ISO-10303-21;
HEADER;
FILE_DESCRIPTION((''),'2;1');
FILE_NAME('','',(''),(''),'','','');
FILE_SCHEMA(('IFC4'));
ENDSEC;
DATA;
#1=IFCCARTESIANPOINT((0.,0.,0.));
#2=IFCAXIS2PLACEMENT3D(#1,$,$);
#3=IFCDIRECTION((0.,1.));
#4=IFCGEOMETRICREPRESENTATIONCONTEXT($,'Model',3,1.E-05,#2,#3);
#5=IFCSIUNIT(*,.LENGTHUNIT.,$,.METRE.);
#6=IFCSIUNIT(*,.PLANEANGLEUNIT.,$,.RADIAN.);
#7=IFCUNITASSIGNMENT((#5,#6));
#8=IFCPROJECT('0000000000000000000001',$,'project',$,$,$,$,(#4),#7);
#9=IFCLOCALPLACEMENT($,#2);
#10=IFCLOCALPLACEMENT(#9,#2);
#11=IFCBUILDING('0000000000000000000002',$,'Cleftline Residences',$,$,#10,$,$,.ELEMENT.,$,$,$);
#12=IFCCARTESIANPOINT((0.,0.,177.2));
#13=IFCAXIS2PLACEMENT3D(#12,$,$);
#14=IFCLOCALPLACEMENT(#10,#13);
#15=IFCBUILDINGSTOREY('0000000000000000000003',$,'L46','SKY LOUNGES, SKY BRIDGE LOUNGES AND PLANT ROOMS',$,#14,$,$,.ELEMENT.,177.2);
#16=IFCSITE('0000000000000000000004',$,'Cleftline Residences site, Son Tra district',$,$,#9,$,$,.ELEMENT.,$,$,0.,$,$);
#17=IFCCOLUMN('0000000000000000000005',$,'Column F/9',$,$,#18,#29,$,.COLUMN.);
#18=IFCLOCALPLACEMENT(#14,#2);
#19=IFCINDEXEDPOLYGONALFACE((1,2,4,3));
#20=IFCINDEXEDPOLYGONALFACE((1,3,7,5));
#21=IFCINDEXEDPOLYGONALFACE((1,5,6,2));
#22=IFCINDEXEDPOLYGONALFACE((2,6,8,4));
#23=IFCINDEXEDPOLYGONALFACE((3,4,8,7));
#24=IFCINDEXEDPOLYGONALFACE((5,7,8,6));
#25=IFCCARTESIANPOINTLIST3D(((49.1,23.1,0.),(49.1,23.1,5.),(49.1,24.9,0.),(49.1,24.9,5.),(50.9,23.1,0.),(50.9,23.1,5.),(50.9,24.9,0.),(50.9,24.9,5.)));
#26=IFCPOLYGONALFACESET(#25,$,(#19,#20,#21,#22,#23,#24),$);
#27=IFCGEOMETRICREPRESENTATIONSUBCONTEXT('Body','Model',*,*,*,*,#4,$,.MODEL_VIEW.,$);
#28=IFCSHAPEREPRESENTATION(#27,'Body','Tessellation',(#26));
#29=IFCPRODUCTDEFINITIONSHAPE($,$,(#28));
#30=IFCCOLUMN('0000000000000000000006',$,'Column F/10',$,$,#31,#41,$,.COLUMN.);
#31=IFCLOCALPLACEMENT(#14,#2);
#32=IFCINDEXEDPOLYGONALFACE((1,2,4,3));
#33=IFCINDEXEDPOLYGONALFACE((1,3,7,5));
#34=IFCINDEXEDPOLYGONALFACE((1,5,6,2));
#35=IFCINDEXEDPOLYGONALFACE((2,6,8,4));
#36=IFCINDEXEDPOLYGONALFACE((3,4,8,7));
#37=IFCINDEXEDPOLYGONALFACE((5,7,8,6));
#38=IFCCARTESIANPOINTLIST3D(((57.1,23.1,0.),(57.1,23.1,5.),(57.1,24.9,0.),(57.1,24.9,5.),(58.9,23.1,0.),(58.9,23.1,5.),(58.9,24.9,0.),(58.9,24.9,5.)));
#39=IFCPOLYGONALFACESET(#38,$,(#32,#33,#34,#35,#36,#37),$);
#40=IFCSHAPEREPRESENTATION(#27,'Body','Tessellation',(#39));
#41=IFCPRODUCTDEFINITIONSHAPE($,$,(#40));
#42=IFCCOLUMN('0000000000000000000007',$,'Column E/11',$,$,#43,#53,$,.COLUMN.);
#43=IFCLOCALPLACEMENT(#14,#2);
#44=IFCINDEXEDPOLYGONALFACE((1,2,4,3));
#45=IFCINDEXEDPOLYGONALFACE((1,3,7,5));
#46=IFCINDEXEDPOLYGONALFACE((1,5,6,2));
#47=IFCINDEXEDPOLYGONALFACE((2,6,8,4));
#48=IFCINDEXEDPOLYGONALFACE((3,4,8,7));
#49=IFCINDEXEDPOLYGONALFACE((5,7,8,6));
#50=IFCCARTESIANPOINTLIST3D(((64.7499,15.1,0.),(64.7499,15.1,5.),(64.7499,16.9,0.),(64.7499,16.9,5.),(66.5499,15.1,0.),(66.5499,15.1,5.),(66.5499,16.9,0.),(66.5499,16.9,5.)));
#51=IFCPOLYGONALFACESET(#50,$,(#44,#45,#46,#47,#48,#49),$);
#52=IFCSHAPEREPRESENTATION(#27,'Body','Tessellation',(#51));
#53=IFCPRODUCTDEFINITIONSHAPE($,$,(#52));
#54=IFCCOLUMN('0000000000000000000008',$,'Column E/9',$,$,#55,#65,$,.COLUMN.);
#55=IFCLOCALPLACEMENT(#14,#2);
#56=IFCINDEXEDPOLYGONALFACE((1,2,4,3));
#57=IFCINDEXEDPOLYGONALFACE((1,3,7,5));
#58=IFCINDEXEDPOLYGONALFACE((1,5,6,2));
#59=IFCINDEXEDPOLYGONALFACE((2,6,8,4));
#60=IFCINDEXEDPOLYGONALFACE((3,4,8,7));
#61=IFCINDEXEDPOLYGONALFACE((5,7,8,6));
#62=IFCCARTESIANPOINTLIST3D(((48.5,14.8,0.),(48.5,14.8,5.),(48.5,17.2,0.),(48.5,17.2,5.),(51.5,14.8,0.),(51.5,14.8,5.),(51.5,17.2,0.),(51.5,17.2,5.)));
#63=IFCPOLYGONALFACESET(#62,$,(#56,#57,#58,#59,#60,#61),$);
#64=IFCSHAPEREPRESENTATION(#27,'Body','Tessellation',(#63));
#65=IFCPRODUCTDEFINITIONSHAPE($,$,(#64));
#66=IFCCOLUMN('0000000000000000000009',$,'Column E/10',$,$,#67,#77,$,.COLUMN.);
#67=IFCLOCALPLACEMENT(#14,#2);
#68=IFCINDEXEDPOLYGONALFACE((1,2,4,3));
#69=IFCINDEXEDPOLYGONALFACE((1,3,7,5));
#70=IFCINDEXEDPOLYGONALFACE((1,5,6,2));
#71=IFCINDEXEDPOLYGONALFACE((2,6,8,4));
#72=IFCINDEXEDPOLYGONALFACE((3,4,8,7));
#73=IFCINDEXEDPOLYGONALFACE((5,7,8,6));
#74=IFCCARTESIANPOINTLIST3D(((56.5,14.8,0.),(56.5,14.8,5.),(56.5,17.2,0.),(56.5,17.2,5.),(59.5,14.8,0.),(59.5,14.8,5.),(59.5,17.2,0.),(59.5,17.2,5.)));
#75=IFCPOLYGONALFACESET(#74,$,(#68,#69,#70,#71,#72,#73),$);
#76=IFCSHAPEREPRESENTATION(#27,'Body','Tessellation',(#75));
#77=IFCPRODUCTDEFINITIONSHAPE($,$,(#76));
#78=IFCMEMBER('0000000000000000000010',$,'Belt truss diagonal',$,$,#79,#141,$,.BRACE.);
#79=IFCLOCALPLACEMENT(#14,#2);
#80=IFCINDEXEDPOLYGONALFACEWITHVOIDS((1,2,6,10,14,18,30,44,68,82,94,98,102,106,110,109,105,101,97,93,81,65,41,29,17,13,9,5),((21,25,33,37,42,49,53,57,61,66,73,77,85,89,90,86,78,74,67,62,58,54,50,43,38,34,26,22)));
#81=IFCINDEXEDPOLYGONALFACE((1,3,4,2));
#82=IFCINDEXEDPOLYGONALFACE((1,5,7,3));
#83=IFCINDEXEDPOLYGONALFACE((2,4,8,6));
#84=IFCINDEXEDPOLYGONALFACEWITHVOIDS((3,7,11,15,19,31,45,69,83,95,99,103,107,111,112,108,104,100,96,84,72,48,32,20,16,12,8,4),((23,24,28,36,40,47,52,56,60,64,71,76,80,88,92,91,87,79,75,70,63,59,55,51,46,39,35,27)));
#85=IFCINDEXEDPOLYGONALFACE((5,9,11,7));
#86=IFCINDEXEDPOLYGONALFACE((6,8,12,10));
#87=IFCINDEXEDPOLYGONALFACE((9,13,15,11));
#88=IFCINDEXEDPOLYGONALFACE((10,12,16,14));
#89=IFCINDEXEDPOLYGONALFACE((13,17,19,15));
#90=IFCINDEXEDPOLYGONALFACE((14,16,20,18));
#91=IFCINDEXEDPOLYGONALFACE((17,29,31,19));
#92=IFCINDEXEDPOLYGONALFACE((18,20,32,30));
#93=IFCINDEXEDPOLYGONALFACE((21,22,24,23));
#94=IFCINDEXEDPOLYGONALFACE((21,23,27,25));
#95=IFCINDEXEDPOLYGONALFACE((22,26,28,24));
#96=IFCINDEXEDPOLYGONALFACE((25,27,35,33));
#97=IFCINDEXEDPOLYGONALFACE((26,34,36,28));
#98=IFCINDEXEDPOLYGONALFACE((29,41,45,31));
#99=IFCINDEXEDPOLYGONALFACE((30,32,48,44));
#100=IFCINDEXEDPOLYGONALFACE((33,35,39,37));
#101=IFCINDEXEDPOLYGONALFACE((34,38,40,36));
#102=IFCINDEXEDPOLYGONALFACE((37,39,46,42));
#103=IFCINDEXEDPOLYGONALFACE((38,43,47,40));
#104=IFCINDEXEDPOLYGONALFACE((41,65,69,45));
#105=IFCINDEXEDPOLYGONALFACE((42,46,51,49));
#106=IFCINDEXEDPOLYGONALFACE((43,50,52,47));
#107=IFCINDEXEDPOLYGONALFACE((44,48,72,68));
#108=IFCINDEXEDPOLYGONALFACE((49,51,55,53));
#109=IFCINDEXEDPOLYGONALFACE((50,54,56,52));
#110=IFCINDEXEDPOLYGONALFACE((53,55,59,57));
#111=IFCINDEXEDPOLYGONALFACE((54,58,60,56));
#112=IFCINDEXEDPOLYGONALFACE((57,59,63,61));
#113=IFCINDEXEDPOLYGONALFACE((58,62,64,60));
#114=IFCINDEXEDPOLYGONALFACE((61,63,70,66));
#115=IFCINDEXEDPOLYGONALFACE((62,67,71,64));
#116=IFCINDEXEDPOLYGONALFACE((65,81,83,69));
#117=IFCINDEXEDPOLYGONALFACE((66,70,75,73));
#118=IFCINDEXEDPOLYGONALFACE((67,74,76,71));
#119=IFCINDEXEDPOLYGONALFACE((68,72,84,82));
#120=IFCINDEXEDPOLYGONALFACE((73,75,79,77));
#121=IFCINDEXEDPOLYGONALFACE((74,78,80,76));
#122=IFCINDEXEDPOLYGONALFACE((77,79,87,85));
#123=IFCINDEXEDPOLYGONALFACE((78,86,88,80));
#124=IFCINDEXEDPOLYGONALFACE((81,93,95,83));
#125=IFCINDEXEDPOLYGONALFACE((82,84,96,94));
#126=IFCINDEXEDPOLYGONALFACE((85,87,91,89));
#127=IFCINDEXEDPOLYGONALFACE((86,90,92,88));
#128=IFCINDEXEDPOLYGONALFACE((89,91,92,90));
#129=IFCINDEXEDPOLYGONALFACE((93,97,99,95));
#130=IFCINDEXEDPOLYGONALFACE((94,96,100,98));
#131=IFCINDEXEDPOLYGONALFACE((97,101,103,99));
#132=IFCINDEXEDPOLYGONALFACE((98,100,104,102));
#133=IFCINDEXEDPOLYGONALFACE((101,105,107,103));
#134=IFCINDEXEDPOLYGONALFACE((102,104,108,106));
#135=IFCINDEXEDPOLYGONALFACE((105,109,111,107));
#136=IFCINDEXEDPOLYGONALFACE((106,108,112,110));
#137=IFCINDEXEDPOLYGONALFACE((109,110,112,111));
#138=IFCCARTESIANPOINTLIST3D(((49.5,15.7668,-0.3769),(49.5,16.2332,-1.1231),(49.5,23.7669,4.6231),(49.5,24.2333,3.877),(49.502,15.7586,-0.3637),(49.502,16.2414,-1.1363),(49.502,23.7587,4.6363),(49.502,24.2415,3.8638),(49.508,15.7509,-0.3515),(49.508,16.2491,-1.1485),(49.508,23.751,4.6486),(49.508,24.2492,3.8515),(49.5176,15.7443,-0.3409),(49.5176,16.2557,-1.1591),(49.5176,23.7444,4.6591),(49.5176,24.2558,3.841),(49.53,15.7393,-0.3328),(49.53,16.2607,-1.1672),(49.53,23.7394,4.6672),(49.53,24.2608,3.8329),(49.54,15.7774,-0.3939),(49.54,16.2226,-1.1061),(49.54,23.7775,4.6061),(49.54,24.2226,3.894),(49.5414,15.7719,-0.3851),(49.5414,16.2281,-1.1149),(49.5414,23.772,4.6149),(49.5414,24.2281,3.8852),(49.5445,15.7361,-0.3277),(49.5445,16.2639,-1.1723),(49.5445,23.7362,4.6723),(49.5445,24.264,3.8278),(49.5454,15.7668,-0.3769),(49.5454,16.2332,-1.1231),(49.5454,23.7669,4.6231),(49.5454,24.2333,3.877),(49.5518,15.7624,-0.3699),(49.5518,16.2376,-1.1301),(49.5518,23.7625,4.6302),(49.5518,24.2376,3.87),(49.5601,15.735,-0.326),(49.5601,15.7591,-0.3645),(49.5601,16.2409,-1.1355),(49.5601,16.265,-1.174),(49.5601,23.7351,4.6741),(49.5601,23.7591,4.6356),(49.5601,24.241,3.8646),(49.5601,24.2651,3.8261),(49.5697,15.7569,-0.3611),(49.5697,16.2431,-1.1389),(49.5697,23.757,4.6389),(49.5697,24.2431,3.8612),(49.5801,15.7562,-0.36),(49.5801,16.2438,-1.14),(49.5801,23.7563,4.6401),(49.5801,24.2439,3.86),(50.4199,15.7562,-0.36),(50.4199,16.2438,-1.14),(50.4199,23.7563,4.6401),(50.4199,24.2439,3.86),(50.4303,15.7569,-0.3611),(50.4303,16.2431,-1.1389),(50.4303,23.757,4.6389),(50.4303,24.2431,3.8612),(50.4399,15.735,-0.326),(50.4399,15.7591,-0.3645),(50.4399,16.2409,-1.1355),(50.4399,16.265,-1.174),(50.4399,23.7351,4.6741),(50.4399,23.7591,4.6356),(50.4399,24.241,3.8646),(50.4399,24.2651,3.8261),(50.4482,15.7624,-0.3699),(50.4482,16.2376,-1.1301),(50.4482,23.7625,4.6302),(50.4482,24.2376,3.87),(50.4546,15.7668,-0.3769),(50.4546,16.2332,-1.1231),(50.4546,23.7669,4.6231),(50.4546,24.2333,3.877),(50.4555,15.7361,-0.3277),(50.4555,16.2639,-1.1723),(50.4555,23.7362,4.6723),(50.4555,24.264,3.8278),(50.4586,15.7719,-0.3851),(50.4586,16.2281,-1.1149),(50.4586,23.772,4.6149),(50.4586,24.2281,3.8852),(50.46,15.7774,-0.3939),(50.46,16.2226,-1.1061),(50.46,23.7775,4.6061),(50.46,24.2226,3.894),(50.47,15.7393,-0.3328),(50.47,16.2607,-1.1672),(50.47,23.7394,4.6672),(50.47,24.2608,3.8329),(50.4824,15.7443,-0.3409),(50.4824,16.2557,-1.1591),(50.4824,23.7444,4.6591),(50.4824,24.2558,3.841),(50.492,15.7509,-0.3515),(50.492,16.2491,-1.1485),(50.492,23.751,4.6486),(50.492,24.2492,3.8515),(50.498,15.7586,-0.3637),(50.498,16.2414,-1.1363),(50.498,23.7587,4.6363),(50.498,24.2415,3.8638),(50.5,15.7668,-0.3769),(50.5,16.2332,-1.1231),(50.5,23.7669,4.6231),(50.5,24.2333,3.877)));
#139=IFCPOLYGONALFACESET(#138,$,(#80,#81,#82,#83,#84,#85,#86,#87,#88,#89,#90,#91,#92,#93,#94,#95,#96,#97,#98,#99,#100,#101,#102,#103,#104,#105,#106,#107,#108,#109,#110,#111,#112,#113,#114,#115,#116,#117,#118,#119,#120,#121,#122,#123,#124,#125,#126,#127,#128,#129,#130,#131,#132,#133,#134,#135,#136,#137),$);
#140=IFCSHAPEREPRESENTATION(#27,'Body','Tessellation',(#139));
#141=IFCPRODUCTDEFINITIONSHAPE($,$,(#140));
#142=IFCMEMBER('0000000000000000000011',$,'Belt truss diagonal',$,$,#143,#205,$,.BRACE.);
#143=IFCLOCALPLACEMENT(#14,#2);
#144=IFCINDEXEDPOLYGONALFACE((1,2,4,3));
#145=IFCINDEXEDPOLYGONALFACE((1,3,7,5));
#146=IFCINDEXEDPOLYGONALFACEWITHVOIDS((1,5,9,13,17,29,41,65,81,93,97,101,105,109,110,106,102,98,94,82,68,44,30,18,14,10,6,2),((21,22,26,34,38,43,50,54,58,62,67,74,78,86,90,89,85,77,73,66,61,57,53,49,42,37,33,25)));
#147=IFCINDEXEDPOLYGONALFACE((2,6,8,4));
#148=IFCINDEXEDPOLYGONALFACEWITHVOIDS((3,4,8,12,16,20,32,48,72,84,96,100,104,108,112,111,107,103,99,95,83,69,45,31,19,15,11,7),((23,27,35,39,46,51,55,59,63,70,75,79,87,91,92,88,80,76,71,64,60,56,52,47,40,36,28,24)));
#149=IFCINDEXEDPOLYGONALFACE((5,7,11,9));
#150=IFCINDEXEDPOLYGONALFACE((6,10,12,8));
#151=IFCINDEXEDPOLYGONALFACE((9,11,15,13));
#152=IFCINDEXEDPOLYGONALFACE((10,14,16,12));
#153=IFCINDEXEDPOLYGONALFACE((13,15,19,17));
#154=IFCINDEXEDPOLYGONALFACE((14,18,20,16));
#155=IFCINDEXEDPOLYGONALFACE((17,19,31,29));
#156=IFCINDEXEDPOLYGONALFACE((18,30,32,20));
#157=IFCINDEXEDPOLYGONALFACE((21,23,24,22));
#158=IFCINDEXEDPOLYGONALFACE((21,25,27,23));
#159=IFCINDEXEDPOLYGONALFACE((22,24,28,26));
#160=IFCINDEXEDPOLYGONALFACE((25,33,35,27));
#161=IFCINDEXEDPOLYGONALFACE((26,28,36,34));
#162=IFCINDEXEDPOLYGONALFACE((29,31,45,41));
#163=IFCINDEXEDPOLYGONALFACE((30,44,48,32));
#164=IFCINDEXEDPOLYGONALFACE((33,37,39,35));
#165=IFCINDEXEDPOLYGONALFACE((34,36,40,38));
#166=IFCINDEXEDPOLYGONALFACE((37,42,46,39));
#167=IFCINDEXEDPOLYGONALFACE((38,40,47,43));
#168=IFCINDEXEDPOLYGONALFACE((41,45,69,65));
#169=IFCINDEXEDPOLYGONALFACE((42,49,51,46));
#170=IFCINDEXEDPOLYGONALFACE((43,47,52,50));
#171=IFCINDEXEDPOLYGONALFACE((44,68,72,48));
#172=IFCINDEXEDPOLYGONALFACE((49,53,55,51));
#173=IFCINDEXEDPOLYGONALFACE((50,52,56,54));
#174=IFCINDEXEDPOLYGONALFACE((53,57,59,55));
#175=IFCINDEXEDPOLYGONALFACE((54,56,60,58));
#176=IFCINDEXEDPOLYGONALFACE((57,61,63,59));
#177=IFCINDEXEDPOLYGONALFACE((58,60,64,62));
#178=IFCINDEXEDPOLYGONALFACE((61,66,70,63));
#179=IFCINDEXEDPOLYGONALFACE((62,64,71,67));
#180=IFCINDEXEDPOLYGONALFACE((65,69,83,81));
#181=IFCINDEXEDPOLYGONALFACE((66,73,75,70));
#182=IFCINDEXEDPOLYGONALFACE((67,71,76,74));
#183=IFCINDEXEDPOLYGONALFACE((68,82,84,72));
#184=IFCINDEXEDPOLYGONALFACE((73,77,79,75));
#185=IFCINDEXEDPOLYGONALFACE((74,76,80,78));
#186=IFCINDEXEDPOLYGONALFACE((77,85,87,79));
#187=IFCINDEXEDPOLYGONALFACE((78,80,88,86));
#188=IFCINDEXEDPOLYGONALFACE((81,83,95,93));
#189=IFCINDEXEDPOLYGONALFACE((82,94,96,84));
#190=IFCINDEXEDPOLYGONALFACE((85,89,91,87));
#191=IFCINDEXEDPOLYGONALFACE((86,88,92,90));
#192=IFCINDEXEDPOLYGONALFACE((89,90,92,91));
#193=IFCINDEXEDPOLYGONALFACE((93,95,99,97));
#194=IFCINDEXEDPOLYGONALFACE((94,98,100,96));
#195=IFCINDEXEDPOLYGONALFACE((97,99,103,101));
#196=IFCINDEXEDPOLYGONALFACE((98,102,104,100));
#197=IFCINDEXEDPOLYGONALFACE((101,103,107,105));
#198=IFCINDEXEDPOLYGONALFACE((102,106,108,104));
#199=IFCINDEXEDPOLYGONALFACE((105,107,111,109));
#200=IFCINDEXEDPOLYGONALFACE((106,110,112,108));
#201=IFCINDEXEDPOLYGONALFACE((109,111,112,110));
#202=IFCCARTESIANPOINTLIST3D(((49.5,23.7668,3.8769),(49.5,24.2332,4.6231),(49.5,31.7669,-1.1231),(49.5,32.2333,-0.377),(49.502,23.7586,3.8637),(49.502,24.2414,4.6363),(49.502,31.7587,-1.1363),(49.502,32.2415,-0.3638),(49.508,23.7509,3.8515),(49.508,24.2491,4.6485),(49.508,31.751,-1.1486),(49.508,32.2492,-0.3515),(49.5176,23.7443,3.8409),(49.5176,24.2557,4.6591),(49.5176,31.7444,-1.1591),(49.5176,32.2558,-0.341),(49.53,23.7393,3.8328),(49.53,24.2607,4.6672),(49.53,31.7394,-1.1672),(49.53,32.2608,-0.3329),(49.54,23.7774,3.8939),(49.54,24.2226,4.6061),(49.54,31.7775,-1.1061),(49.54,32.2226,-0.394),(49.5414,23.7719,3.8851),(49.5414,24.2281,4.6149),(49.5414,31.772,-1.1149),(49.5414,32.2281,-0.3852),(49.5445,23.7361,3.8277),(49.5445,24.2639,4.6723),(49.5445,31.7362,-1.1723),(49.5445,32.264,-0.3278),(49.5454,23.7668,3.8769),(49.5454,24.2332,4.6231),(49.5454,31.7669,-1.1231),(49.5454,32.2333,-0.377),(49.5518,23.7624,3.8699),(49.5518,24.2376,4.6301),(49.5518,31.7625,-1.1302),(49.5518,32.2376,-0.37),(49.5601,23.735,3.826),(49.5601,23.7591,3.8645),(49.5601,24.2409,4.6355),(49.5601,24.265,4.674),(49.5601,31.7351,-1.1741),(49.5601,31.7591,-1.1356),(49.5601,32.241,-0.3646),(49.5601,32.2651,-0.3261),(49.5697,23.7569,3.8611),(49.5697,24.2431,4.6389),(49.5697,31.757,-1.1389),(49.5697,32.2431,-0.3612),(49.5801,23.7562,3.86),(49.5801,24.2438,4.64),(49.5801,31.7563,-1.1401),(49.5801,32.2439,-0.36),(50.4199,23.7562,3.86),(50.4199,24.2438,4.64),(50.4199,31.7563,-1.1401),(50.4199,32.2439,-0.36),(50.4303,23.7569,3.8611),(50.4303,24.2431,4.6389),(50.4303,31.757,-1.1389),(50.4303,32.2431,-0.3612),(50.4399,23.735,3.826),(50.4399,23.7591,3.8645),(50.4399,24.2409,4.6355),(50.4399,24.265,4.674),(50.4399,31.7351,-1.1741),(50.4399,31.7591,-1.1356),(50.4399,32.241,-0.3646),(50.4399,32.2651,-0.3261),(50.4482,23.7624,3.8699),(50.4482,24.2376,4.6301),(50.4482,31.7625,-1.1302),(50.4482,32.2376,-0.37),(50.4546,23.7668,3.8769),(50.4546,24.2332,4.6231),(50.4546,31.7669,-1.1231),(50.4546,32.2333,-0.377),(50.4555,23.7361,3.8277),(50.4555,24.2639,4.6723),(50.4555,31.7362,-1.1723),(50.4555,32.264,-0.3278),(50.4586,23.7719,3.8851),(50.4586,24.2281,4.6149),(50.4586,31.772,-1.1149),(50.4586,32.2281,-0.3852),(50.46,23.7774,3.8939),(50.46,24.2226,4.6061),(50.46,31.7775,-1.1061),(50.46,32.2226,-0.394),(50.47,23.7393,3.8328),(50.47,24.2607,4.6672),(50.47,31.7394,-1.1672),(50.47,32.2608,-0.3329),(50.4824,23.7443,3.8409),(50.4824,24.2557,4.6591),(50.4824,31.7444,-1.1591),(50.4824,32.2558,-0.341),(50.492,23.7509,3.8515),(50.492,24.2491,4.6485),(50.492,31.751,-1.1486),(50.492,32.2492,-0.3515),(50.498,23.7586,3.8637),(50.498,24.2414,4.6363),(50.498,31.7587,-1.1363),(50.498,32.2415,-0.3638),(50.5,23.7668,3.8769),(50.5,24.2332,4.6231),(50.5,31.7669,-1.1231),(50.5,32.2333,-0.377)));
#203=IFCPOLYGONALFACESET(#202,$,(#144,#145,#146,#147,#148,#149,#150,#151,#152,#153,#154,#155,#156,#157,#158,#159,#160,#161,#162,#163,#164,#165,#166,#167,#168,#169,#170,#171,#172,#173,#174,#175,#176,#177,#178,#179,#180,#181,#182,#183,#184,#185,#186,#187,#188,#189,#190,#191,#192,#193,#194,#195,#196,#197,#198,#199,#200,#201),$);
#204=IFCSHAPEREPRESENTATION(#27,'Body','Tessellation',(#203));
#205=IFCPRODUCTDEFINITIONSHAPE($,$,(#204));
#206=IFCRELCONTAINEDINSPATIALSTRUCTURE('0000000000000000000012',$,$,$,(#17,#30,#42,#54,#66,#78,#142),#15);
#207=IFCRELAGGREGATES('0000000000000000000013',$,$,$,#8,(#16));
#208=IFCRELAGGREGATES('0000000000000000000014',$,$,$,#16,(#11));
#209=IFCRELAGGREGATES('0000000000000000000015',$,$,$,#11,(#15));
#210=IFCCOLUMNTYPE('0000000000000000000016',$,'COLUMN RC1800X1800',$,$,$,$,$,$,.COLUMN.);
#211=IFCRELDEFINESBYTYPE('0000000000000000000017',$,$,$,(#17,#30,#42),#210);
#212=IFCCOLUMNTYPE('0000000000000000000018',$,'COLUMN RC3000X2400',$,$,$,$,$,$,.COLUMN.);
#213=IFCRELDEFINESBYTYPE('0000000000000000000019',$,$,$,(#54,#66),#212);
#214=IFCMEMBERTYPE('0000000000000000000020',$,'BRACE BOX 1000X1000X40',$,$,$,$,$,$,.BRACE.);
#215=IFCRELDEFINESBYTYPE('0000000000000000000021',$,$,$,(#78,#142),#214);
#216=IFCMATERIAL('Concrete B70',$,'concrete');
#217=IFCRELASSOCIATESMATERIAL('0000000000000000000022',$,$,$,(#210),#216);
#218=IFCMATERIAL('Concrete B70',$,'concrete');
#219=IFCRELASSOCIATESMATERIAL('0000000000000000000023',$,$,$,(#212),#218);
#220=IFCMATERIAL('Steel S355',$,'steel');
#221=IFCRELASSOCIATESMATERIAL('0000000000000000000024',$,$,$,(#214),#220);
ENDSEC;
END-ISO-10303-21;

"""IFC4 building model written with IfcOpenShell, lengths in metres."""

from ifc_helpers import new_model, si_unit, direction, frame, origin, origin_2d, place, context, subcontext, project, spatial, rectangle, hollow_rectangle, extrude, material, material_profile, profile_set, type_object, element, save


model = new_model("IFC4")

# Units and contexts
model_context = context("Model", 3, precision=1e-05, world=origin(), true_north=direction((0.0, 1.0)))
body_context = subcontext(model_context, "Body", "Model", "MODEL_VIEW")
ifc_project = project(units=[si_unit("LENGTHUNIT", "METRE"), si_unit("PLANEANGLEUNIT", "RADIAN")], contexts=[model_context])

# Site, building, storey
site_placement = place(None, origin())
site = spatial("IfcSite", under=ifc_project, at=site_placement, Name="Cleftline Residences site, Son Tra district", CompositionType="ELEMENT", RefElevation=0.0)
building_placement = place(site_placement, origin())
building = spatial("IfcBuilding", under=site, at=building_placement, Name="Cleftline Residences", CompositionType="ELEMENT")
storey_placement = place(building_placement, frame((0.0, 0.0, 177.2)))
storey = spatial("IfcBuildingStorey", under=building, at=storey_placement, Name="L46", Description="SKY LOUNGES, SKY BRIDGE LOUNGES AND PLANT ROOMS", CompositionType="ELEMENT", Elevation=177.2)

# Columns
ifc_material_1 = material(Name="Concrete B70", Category="concrete")
ifc_material_profile_1 = material_profile(ifc_material_1, rectangle(XDim=1.8, YDim=1.8, at=origin_2d()))
ifc_profile_set_1 = profile_set([ifc_material_profile_1], Name="Concrete B70")
column_type_1 = type_object("IfcColumnType", Name="COLUMN RC1800X1800", PredefinedType="COLUMN", material=ifc_profile_set_1)
for number, where, z_axis, x_axis, name in (
    (1, (50.0, 24.0, 0.0), (0.0, 0.0, 1.0), (1.0, 0.0, 0.0), "Column F/9"),
    (2, (58.0, 24.0, 0.0), (0.0, 0.0, 1.0), (1.0, 0.0, 0.0), "Column F/10"),
    (3, (65.6499, 16.0, 0.0), (0.0, 0.0, 1.0), (1.0, 0.0, 0.0), "Column E/11"),
):
    element("IfcColumn", number, at=place(storey_placement, frame(where, z_axis=z_axis, x_axis=x_axis)), inside=storey, type_object=column_type_1, Name=name, PredefinedType="COLUMN", context=body_context, shape_type="SweptSolid", body=[
        extrude(rectangle(XDim=1.8, YDim=1.8, at=origin_2d()), origin(), (0.0, 0.0, 1.0), 5.0),
    ])
ifc_material_2 = material(Name="Concrete B70", Category="concrete")
ifc_material_profile_2 = material_profile(ifc_material_2, rectangle(XDim=3.0, YDim=2.3999, at=origin_2d()))
ifc_profile_set_2 = profile_set([ifc_material_profile_2], Name="Concrete B70")
column_type_2 = type_object("IfcColumnType", Name="COLUMN RC3000X2400", PredefinedType="COLUMN", material=ifc_profile_set_2)
for number, where, z_axis, x_axis, name in (
    (4, (50.0, 16.0, 0.0), (0.0, 0.0, 1.0), (1.0, 0.0, 0.0), "Column E/9"),
    (5, (58.0, 16.0, 0.0), (0.0, 0.0, 1.0), (1.0, 0.0, 0.0), "Column E/10"),
):
    element("IfcColumn", number, at=place(storey_placement, frame(where, z_axis=z_axis, x_axis=x_axis)), inside=storey, type_object=column_type_2, Name=name, PredefinedType="COLUMN", context=body_context, shape_type="SweptSolid", body=[
        extrude(rectangle(XDim=3.0, YDim=2.3999, at=origin_2d()), origin(), (0.0, 0.0, 1.0), 5.0),
    ])

# Members
ifc_material_3 = material(Name="Steel S355", Category="steel")
ifc_material_profile_3 = material_profile(ifc_material_3, hollow_rectangle(XDim=1.0, YDim=1.0, WallThickness=0.04, InnerFilletRadius=0.04, OuterFilletRadius=0.0601, at=origin_2d()))
ifc_profile_set_3 = profile_set([ifc_material_profile_3], Name="Steel S355")
member_type_1 = type_object("IfcMemberType", Name="BRACE BOX 1000X1000X40", PredefinedType="BRACE", material=ifc_profile_set_3)
for number, where, z_axis, x_axis, name in (
    (6, (50.0, 16.0, -0.75), (0.0, 0.847998, 0.529999), (0.0, -0.529999, 0.847998), "Belt truss diagonal"),
    (7, (50.0, 24.0, 4.25), (0.0, 0.847998, -0.529999), (0.0, 0.529999, 0.847998), "Belt truss diagonal"),
):
    element("IfcMember", number, at=place(storey_placement, frame(where, z_axis=z_axis, x_axis=x_axis)), inside=storey, type_object=member_type_1, Name=name, PredefinedType="BRACE", context=body_context, shape_type="SweptSolid", body=[
        extrude(hollow_rectangle(XDim=1.0, YDim=1.0, WallThickness=0.04, InnerFilletRadius=0.04, OuterFilletRadius=0.0601, at=origin_2d()), origin(), (0.0, 0.0, 1.0), 9.4341),
    ])

save(model, "model.ifc")
